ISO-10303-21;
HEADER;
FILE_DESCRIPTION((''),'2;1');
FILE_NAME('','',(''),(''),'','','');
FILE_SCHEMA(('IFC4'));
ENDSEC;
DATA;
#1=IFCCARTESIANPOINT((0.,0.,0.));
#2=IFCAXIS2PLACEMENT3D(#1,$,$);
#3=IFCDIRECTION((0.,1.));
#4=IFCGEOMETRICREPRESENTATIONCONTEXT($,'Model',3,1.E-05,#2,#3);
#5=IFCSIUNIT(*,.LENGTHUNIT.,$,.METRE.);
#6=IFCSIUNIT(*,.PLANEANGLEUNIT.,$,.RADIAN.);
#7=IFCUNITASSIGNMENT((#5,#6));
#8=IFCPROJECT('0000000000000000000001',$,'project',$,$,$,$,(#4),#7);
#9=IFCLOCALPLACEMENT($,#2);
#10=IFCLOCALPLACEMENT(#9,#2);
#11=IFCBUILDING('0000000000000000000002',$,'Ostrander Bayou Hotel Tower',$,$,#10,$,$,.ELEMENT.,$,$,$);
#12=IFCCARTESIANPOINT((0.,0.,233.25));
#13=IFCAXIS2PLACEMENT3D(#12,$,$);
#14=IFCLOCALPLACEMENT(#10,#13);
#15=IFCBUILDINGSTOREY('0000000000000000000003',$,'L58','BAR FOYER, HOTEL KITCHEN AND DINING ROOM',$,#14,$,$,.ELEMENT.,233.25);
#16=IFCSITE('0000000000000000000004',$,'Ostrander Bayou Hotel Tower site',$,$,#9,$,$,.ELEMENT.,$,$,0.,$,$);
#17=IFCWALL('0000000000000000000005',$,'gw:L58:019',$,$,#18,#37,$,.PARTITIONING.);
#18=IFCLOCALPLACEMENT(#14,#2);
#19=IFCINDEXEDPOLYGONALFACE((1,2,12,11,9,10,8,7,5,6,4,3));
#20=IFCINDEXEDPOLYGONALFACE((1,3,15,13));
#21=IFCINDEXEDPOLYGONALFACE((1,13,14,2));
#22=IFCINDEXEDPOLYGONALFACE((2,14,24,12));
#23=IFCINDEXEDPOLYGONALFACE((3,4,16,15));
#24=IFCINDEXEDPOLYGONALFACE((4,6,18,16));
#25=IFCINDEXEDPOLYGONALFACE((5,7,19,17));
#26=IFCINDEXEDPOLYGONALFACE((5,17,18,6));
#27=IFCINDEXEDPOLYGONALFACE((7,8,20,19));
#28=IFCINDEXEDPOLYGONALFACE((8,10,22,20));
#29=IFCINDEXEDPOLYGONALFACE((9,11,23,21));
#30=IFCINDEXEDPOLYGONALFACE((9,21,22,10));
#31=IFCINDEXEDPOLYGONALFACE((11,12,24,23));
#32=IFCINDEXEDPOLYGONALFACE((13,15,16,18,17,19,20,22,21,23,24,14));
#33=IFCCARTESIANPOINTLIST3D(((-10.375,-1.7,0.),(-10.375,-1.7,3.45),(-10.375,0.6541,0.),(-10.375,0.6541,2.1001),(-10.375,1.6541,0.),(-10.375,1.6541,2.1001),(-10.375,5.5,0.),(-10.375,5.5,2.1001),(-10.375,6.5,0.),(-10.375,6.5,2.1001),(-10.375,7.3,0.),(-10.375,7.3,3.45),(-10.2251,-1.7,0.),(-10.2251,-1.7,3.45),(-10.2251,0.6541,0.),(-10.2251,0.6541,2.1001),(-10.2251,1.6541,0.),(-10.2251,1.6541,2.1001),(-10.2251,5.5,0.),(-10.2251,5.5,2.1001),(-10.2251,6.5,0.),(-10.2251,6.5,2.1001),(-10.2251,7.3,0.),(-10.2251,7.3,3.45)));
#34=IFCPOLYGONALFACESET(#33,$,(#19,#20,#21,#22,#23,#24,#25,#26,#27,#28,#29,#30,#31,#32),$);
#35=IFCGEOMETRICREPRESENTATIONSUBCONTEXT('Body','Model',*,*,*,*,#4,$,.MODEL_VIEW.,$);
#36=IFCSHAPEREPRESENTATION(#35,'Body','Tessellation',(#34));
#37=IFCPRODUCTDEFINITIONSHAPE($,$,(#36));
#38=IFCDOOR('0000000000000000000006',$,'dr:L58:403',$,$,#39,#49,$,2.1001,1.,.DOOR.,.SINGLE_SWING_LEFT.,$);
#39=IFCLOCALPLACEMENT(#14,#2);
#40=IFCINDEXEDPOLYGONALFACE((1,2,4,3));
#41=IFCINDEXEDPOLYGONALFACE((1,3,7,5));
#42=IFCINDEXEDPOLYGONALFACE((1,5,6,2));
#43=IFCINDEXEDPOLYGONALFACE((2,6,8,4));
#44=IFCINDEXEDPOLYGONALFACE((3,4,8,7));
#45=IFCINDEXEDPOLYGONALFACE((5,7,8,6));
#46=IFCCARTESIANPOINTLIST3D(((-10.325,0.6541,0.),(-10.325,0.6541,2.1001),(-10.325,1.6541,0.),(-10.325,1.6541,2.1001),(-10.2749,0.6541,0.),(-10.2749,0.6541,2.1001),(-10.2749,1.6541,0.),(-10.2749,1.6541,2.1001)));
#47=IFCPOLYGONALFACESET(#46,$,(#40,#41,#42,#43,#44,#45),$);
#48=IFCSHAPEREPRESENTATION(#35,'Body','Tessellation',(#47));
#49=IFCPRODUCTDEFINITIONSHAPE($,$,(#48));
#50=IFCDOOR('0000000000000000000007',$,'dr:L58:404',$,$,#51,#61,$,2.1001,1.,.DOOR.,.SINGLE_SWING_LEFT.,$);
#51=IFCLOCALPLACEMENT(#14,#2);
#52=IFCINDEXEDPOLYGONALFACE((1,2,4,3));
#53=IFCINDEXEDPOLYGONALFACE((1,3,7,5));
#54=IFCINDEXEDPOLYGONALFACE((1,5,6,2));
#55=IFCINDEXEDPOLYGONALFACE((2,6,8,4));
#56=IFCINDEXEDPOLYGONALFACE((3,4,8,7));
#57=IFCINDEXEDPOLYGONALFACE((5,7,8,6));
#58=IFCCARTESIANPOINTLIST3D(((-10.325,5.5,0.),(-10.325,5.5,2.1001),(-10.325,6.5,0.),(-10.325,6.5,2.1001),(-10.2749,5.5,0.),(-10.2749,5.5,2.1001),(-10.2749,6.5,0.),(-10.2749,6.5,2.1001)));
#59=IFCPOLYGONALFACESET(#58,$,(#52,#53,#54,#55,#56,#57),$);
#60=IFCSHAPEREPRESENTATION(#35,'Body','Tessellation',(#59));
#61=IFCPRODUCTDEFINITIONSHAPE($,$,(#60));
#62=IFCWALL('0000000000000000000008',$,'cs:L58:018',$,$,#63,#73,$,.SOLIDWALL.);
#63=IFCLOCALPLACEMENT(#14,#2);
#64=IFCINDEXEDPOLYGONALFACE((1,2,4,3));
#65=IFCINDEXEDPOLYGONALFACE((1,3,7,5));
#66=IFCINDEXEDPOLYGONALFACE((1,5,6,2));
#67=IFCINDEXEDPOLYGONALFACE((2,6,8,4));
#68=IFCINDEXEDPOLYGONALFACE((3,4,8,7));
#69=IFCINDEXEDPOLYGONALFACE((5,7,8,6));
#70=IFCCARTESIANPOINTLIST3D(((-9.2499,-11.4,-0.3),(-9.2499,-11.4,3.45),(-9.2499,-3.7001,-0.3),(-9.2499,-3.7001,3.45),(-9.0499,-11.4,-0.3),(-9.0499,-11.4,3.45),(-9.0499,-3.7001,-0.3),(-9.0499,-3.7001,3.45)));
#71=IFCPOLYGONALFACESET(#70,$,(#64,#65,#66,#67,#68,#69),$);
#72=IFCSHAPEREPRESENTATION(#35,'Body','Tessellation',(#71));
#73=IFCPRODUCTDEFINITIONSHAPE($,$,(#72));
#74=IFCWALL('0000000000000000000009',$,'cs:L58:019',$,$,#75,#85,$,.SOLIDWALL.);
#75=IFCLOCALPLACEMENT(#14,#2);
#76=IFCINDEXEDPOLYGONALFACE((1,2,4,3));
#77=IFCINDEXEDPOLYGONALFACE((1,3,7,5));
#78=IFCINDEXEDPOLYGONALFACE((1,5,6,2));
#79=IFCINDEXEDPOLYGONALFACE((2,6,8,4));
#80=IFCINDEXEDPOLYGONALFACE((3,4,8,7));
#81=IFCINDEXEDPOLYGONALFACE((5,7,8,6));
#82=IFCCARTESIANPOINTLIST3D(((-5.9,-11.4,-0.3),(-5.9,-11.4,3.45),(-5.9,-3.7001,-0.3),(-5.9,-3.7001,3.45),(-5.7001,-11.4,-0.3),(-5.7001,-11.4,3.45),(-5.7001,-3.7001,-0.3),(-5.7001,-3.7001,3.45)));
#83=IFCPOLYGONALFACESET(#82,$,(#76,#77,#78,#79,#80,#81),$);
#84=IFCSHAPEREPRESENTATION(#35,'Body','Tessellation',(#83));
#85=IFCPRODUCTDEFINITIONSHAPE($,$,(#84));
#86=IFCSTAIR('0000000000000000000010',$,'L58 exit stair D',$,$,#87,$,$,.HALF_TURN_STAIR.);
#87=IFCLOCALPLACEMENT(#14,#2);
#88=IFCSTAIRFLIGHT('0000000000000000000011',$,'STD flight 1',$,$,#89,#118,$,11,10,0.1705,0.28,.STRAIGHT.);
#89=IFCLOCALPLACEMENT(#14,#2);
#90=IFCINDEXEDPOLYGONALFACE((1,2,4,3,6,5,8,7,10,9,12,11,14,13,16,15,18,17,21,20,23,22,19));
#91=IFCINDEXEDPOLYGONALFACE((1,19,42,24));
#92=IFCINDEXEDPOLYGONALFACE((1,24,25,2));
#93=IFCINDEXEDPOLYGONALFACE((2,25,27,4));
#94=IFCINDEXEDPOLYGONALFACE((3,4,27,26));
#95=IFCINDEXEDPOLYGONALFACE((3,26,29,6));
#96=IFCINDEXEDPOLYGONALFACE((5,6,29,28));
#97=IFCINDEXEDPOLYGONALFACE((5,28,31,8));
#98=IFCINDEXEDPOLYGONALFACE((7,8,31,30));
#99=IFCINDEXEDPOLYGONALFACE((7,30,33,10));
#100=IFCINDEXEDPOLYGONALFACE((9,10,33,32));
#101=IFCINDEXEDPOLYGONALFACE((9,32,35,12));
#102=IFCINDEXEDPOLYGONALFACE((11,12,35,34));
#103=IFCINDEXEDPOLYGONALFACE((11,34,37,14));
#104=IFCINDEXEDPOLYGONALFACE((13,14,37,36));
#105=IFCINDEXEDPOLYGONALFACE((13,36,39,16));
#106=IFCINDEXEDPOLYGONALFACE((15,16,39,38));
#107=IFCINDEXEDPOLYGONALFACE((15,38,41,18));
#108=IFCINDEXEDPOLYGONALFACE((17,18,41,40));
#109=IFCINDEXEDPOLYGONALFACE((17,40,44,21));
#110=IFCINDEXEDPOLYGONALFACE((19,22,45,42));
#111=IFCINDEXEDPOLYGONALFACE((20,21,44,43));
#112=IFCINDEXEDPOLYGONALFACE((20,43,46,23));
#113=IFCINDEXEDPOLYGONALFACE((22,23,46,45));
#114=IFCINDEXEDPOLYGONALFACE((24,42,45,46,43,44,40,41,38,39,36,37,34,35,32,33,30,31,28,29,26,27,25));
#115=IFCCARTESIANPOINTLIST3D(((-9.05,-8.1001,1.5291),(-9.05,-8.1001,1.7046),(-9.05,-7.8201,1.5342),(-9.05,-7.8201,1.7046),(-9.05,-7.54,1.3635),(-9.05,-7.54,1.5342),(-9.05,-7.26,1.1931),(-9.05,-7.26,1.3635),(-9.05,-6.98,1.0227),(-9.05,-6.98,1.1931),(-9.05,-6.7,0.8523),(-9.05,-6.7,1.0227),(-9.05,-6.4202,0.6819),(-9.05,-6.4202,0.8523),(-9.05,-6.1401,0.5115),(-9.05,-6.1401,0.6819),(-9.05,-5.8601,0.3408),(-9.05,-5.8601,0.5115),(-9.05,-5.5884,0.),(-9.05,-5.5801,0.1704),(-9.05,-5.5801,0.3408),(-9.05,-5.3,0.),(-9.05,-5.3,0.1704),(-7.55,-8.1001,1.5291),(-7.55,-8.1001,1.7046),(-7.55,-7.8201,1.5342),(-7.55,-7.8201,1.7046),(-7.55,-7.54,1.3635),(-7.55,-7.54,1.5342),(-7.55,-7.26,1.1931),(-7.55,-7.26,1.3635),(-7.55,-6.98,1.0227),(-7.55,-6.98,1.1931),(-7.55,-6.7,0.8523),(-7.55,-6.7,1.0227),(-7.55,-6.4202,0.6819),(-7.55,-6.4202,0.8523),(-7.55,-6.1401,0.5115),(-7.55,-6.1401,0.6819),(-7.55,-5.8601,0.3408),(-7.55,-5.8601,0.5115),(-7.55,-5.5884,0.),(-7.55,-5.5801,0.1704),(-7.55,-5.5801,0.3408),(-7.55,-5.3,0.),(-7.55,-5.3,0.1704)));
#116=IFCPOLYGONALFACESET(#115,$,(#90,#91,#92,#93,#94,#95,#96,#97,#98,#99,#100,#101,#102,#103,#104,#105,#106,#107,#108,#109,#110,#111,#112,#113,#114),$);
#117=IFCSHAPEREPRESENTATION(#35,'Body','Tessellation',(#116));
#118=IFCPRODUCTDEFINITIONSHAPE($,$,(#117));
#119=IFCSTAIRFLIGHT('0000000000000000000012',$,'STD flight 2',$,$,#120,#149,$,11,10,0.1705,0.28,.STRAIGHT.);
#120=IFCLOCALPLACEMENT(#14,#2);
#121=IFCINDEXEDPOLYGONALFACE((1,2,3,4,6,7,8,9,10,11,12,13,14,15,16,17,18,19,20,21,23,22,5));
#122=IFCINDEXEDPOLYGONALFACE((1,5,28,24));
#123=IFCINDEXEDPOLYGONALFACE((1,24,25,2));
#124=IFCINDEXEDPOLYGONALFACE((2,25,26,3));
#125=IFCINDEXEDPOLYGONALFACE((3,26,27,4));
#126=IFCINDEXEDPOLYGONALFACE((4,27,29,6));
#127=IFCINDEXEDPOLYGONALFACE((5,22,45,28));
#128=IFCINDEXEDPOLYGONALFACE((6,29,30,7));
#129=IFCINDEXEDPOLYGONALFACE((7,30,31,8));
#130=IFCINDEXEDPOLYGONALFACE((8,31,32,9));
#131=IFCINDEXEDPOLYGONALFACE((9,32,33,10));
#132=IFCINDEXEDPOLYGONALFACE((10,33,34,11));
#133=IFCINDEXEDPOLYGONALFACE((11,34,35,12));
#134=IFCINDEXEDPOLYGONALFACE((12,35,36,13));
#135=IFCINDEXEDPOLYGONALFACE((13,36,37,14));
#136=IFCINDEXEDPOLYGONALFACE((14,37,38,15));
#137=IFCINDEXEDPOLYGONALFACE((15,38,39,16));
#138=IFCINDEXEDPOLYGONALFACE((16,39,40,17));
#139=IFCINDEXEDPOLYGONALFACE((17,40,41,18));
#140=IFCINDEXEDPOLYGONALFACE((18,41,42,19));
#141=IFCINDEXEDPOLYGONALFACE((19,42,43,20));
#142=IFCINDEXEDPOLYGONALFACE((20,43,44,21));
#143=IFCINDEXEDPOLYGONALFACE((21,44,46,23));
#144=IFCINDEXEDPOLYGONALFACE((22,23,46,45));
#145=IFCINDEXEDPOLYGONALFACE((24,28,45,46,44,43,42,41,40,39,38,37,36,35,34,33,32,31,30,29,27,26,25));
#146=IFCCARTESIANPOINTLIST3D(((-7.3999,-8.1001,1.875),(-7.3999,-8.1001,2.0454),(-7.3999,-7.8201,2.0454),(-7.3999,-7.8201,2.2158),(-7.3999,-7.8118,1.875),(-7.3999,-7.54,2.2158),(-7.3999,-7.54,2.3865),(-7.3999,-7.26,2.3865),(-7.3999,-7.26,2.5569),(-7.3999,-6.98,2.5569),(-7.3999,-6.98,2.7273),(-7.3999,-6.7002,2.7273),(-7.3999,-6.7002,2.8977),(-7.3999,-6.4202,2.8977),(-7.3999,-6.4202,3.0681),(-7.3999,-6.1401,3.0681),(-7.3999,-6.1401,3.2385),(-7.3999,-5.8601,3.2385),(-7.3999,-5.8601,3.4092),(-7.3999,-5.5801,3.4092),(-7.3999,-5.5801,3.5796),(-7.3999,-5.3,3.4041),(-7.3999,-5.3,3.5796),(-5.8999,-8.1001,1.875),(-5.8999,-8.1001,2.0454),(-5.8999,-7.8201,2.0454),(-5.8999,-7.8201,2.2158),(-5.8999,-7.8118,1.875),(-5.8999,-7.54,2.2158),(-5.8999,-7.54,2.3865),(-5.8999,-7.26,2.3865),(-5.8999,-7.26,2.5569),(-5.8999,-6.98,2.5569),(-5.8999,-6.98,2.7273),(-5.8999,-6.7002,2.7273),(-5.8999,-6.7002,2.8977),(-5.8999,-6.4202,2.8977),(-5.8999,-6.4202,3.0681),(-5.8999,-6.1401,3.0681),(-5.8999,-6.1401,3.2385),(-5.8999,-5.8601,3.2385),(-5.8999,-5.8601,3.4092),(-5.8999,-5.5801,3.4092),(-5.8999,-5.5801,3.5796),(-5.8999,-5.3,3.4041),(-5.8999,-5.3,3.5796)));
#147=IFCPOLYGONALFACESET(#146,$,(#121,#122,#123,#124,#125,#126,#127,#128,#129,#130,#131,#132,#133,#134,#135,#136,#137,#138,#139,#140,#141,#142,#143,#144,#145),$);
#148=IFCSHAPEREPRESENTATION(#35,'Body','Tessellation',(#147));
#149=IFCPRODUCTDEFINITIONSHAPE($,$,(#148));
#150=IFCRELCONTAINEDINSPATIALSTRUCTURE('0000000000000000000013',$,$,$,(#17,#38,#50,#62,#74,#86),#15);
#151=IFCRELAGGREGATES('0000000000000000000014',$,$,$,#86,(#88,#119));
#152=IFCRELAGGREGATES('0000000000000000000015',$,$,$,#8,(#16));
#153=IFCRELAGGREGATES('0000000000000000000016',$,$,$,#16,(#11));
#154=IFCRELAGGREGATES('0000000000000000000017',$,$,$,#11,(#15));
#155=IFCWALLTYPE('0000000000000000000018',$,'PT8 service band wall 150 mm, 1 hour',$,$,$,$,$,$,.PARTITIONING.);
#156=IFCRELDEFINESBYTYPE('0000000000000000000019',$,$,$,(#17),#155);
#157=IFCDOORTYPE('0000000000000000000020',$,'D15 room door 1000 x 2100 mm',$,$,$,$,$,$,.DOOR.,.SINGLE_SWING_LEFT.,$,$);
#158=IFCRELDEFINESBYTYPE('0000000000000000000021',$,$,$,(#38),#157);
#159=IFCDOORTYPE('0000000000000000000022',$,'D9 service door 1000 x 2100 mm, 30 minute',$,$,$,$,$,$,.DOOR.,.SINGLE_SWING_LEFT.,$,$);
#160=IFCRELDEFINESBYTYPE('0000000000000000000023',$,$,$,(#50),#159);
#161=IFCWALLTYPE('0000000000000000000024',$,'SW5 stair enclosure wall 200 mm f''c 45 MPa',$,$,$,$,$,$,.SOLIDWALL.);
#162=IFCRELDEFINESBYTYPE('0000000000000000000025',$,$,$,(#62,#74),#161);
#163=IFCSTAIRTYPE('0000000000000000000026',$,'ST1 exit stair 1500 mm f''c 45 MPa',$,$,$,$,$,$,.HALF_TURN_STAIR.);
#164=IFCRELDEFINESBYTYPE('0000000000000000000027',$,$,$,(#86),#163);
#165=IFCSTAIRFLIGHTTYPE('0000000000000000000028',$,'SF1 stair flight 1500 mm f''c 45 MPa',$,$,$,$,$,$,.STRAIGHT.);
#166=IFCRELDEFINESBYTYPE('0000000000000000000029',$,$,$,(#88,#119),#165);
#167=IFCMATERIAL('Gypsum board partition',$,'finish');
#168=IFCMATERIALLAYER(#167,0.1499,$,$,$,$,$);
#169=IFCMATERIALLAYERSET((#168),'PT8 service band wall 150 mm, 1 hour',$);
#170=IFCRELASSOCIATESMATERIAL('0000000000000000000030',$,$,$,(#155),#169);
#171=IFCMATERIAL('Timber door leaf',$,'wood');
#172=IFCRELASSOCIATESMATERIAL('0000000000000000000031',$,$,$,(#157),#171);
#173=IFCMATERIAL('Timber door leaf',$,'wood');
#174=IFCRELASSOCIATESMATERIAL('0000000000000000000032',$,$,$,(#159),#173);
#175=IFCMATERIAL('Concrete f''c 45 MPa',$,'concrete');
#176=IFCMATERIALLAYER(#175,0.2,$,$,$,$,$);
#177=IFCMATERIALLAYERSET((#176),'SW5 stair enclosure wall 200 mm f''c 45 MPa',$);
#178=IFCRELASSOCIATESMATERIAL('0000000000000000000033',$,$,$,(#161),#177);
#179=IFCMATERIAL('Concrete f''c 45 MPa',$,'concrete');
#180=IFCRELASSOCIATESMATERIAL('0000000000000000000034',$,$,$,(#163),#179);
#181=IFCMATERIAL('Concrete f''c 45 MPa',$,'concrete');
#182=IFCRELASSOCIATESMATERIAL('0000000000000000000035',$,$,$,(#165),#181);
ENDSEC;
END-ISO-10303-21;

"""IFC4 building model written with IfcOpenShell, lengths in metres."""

from ifc_helpers import new_model, si_unit, direction, frame, frame_2d, origin, place, context, subcontext, project, spatial, polyline, rectangle, outline, extrude, material, layer, layer_set, type_object, element, fill, aggregate, save


model = new_model("IFC4")

# Units and contexts
model_context = context("Model", 3, precision=1e-05, world=origin(), true_north=direction((0.0, 1.0)))
body_context = subcontext(model_context, "Body", "Model", "MODEL_VIEW")
ifc_project = project(units=[si_unit("LENGTHUNIT", "METRE"), si_unit("PLANEANGLEUNIT", "RADIAN")], contexts=[model_context])

# Site, building, storey
site_placement = place(None, origin())
site = spatial("IfcSite", under=ifc_project, at=site_placement, Name="Ostrander Bayou Hotel Tower site", CompositionType="ELEMENT", RefElevation=0.0)
building_placement = place(site_placement, origin())
building = spatial("IfcBuilding", under=site, at=building_placement, Name="Ostrander Bayou Hotel Tower", CompositionType="ELEMENT")
storey_placement = place(building_placement, frame((0.0, 0.0, 233.25)))
storey = spatial("IfcBuildingStorey", under=building, at=storey_placement, Name="L58", Description="BAR FOYER, HOTEL KITCHEN AND DINING ROOM", CompositionType="ELEMENT", Elevation=233.25)

# Shared definitions
ifc_material_1 = material(Name="Gypsum board partition", Category="finish")
ifc_layer_1 = layer(ifc_material_1, 0.1499)
ifc_layer_set_1 = layer_set([ifc_layer_1], Name="PT8 service band wall 150 mm, 1 hour")
wall_type_1 = type_object("IfcWallType", Name="PT8 service band wall 150 mm, 1 hour", PredefinedType="PARTITIONING", material=ifc_layer_set_1)

# Shared definitions
ifc_material_2 = material(Name="Timber door leaf", Category="wood")
door_type_1 = type_object("IfcDoorType", Name="D15 room door 1000 x 2100 mm", OperationType="SINGLE_SWING_LEFT", PredefinedType="DOOR", material=ifc_material_2)

# Wall, openings, doors
wall_1_placement = place(storey_placement, frame((-10.3, -1.7, 0.0), z_axis=(0.0, 0.0, 1.0), x_axis=(0.0, 1.0, 0.0)))
wall_1 = element("IfcWall", 1, at=wall_1_placement, inside=storey, type_object=wall_type_1, Name="gw:L58:019", PredefinedType="PARTITIONING", context=body_context, shape_type="SweptSolid", body=[
    extrude(rectangle(XDim=9.0, YDim=0.1499, at=frame_2d((4.5, 0.0))), origin(), (0.0, 0.0, 1.0), 3.45),
])
opening_1_placement = place(wall_1_placement, frame((2.354, 0.0, 0.0)))
opening_1 = element("IfcOpeningElement", 2, at=opening_1_placement, cuts=wall_1, PredefinedType="OPENING", context=body_context, shape_type="SweptSolid", body=[
    extrude(rectangle(XDim=1.0, YDim=2.1001, at=frame_2d((0.5, 1.05))), frame((0.0, 0.075, 0.0), z_axis=(0.0, -1.0, 0.0), x_axis=(1.0, 0.0, 0.0)), (0.0, 0.0, 1.0), 0.1499),
])
opening_2_placement = place(wall_1_placement, frame((7.2, 0.0, 0.0)))
opening_2 = element("IfcOpeningElement", 3, at=opening_2_placement, cuts=wall_1, PredefinedType="OPENING", context=body_context, shape_type="SweptSolid", body=[
    extrude(rectangle(XDim=1.0, YDim=2.1001, at=frame_2d((0.5, 1.05))), frame((0.0, 0.075, 0.0), z_axis=(0.0, -1.0, 0.0), x_axis=(1.0, 0.0, 0.0)), (0.0, 0.0, 1.0), 0.1499),
])
door_1_placement = place(opening_1_placement, origin())
door_1 = element("IfcDoor", 4, at=door_1_placement, inside=storey, type_object=door_type_1, Name="dr:L58:403", OperationType="SINGLE_SWING_LEFT", OverallHeight=2.1001, OverallWidth=1.0, PredefinedType="DOOR", context=body_context, shape_type="SweptSolid", body=[
    extrude(rectangle(XDim=1.0, YDim=2.1001, at=frame_2d((0.5, 1.05))), frame((0.0, 0.0249, 0.0), z_axis=(0.0, -1.0, 0.0), x_axis=(1.0, 0.0, 0.0)), (0.0, 0.0, 1.0), 0.05),
])
fill(opening_1, door_1)
ifc_material_3 = material(Name="Timber door leaf", Category="wood")
door_type_2 = type_object("IfcDoorType", Name="D9 service door 1000 x 2100 mm, 30 minute", OperationType="SINGLE_SWING_LEFT", PredefinedType="DOOR", material=ifc_material_3)
door_2_placement = place(opening_2_placement, origin())
door_2 = element("IfcDoor", 5, at=door_2_placement, inside=storey, type_object=door_type_2, Name="dr:L58:404", OperationType="SINGLE_SWING_LEFT", OverallHeight=2.1001, OverallWidth=1.0, PredefinedType="DOOR", context=body_context, shape_type="SweptSolid", body=[
    extrude(rectangle(XDim=1.0, YDim=2.1001, at=frame_2d((0.5, 1.05))), frame((0.0, 0.0249, 0.0), z_axis=(0.0, -1.0, 0.0), x_axis=(1.0, 0.0, 0.0)), (0.0, 0.0, 1.0), 0.05),
])
fill(opening_2, door_2)

# Shared definitions
ifc_material_4 = material(Name="Concrete f'c 45 MPa", Category="concrete")
ifc_layer_2 = layer(ifc_material_4, 0.2)
ifc_layer_set_2 = layer_set([ifc_layer_2], Name="SW5 stair enclosure wall 200 mm f'c 45 MPa")
wall_type_2 = type_object("IfcWallType", Name="SW5 stair enclosure wall 200 mm f'c 45 MPa", PredefinedType="SOLIDWALL", material=ifc_layer_set_2)

# Walls
for number, where, z_axis, x_axis, name in (
    (6, (-9.1499, -3.7, -0.3), (0.0, 0.0, 1.0), (0.0, -1.0, 0.0), "cs:L58:018"),
    (7, (-5.8, -3.7, -0.3), (0.0, 0.0, 1.0), (0.0, -1.0, 0.0), "cs:L58:019"),
):
    element("IfcWall", number, at=place(storey_placement, frame(where, z_axis=z_axis, x_axis=x_axis)), inside=storey, type_object=wall_type_2, Name=name, PredefinedType="SOLIDWALL", context=body_context, shape_type="SweptSolid", body=[
        extrude(rectangle(XDim=7.7, YDim=0.2, at=frame_2d((3.8501, 0.0))), origin(), (0.0, 0.0, 1.0), 3.75),
    ])

# Stair, stair flights
ifc_material_5 = material(Name="Concrete f'c 45 MPa", Category="concrete")
stair_type = type_object("IfcStairType", Name="ST1 exit stair 1500 mm f'c 45 MPa", PredefinedType="HALF_TURN_STAIR", material=ifc_material_5)
stair_placement = place(storey_placement, origin())
stair = element("IfcStair", 8, at=stair_placement, inside=storey, type_object=stair_type, Name="L58 exit stair D", PredefinedType="HALF_TURN_STAIR")
ifc_material_6 = material(Name="Concrete f'c 45 MPa", Category="concrete")
stair_flight_type = type_object("IfcStairFlightType", Name="SF1 stair flight 1500 mm f'c 45 MPa", PredefinedType="STRAIGHT", material=ifc_material_6)
stair_flight_1_placement = place(storey_placement, frame((-8.3, -5.3, 0.0), z_axis=(0.0, 0.0, 1.0), x_axis=(0.0, -1.0, 0.0)))
stair_flight_1 = element("IfcStairFlight", 9, at=stair_flight_1_placement, type_object=stair_flight_type, Name="STD flight 1", NumberOfRisers=11, NumberOfTreads=10, PredefinedType="STRAIGHT", RiserHeight=0.1705, TreadLength=0.28, context=body_context, shape_type="SweptSolid", body=[
    extrude(outline(polyline([(0.0, 0.0), (0.0, 0.1704), (0.28, 0.1704), (0.28, 0.3408), (0.5601, 0.3408), (0.5601, 0.5115), (0.8401, 0.5115), (0.8401, 0.6819), (1.1201, 0.6819), (1.1201, 0.8523), (1.3999, 0.8523), (1.3999, 1.0227), (1.6799, 1.0227), (1.6799, 1.1931), (1.96, 1.1931), (1.96, 1.3635), (2.24, 1.3635), (2.24, 1.5342), (2.52, 1.5342), (2.52, 1.7046), (2.8, 1.7046), (2.8, 1.875), (2.8, 1.5291), (0.2883, 0.0), (0.0, 0.0)])), frame((0.0, 0.75, 0.0), z_axis=(0.0, -1.0, 0.0), x_axis=(1.0, 0.0, 0.0)), (0.0, 0.0, 1.0), 1.5),
])
stair_flight_2_placement = place(storey_placement, frame((-6.6499, -8.1001, 1.875), z_axis=(0.0, 0.0, 1.0), x_axis=(0.0, 1.0, 0.0)))
stair_flight_2 = element("IfcStairFlight", 10, at=stair_flight_2_placement, type_object=stair_flight_type, Name="STD flight 2", NumberOfRisers=11, NumberOfTreads=10, PredefinedType="STRAIGHT", RiserHeight=0.1705, TreadLength=0.28, context=body_context, shape_type="SweptSolid", body=[
    extrude(outline(polyline([(0.0, 0.0), (0.0, 0.1704), (0.28, 0.1704), (0.28, 0.3408), (0.5601, 0.3408), (0.5601, 0.5115), (0.8401, 0.5115), (0.8401, 0.6819), (1.1201, 0.6819), (1.1201, 0.8523), (1.3999, 0.8523), (1.3999, 1.0227), (1.6799, 1.0227), (1.6799, 1.1931), (1.96, 1.1931), (1.96, 1.3635), (2.24, 1.3635), (2.24, 1.5342), (2.52, 1.5342), (2.52, 1.7046), (2.8, 1.7046), (2.8, 1.875), (2.8, 1.5291), (0.2883, 0.0), (0.0, 0.0)])), frame((0.0, 0.75, 0.0), z_axis=(0.0, -1.0, 0.0), x_axis=(1.0, 0.0, 0.0)), (0.0, 0.0, 1.0), 1.5),
])
aggregate(stair, [stair_flight_1, stair_flight_2])

save(model, "model.ifc")
